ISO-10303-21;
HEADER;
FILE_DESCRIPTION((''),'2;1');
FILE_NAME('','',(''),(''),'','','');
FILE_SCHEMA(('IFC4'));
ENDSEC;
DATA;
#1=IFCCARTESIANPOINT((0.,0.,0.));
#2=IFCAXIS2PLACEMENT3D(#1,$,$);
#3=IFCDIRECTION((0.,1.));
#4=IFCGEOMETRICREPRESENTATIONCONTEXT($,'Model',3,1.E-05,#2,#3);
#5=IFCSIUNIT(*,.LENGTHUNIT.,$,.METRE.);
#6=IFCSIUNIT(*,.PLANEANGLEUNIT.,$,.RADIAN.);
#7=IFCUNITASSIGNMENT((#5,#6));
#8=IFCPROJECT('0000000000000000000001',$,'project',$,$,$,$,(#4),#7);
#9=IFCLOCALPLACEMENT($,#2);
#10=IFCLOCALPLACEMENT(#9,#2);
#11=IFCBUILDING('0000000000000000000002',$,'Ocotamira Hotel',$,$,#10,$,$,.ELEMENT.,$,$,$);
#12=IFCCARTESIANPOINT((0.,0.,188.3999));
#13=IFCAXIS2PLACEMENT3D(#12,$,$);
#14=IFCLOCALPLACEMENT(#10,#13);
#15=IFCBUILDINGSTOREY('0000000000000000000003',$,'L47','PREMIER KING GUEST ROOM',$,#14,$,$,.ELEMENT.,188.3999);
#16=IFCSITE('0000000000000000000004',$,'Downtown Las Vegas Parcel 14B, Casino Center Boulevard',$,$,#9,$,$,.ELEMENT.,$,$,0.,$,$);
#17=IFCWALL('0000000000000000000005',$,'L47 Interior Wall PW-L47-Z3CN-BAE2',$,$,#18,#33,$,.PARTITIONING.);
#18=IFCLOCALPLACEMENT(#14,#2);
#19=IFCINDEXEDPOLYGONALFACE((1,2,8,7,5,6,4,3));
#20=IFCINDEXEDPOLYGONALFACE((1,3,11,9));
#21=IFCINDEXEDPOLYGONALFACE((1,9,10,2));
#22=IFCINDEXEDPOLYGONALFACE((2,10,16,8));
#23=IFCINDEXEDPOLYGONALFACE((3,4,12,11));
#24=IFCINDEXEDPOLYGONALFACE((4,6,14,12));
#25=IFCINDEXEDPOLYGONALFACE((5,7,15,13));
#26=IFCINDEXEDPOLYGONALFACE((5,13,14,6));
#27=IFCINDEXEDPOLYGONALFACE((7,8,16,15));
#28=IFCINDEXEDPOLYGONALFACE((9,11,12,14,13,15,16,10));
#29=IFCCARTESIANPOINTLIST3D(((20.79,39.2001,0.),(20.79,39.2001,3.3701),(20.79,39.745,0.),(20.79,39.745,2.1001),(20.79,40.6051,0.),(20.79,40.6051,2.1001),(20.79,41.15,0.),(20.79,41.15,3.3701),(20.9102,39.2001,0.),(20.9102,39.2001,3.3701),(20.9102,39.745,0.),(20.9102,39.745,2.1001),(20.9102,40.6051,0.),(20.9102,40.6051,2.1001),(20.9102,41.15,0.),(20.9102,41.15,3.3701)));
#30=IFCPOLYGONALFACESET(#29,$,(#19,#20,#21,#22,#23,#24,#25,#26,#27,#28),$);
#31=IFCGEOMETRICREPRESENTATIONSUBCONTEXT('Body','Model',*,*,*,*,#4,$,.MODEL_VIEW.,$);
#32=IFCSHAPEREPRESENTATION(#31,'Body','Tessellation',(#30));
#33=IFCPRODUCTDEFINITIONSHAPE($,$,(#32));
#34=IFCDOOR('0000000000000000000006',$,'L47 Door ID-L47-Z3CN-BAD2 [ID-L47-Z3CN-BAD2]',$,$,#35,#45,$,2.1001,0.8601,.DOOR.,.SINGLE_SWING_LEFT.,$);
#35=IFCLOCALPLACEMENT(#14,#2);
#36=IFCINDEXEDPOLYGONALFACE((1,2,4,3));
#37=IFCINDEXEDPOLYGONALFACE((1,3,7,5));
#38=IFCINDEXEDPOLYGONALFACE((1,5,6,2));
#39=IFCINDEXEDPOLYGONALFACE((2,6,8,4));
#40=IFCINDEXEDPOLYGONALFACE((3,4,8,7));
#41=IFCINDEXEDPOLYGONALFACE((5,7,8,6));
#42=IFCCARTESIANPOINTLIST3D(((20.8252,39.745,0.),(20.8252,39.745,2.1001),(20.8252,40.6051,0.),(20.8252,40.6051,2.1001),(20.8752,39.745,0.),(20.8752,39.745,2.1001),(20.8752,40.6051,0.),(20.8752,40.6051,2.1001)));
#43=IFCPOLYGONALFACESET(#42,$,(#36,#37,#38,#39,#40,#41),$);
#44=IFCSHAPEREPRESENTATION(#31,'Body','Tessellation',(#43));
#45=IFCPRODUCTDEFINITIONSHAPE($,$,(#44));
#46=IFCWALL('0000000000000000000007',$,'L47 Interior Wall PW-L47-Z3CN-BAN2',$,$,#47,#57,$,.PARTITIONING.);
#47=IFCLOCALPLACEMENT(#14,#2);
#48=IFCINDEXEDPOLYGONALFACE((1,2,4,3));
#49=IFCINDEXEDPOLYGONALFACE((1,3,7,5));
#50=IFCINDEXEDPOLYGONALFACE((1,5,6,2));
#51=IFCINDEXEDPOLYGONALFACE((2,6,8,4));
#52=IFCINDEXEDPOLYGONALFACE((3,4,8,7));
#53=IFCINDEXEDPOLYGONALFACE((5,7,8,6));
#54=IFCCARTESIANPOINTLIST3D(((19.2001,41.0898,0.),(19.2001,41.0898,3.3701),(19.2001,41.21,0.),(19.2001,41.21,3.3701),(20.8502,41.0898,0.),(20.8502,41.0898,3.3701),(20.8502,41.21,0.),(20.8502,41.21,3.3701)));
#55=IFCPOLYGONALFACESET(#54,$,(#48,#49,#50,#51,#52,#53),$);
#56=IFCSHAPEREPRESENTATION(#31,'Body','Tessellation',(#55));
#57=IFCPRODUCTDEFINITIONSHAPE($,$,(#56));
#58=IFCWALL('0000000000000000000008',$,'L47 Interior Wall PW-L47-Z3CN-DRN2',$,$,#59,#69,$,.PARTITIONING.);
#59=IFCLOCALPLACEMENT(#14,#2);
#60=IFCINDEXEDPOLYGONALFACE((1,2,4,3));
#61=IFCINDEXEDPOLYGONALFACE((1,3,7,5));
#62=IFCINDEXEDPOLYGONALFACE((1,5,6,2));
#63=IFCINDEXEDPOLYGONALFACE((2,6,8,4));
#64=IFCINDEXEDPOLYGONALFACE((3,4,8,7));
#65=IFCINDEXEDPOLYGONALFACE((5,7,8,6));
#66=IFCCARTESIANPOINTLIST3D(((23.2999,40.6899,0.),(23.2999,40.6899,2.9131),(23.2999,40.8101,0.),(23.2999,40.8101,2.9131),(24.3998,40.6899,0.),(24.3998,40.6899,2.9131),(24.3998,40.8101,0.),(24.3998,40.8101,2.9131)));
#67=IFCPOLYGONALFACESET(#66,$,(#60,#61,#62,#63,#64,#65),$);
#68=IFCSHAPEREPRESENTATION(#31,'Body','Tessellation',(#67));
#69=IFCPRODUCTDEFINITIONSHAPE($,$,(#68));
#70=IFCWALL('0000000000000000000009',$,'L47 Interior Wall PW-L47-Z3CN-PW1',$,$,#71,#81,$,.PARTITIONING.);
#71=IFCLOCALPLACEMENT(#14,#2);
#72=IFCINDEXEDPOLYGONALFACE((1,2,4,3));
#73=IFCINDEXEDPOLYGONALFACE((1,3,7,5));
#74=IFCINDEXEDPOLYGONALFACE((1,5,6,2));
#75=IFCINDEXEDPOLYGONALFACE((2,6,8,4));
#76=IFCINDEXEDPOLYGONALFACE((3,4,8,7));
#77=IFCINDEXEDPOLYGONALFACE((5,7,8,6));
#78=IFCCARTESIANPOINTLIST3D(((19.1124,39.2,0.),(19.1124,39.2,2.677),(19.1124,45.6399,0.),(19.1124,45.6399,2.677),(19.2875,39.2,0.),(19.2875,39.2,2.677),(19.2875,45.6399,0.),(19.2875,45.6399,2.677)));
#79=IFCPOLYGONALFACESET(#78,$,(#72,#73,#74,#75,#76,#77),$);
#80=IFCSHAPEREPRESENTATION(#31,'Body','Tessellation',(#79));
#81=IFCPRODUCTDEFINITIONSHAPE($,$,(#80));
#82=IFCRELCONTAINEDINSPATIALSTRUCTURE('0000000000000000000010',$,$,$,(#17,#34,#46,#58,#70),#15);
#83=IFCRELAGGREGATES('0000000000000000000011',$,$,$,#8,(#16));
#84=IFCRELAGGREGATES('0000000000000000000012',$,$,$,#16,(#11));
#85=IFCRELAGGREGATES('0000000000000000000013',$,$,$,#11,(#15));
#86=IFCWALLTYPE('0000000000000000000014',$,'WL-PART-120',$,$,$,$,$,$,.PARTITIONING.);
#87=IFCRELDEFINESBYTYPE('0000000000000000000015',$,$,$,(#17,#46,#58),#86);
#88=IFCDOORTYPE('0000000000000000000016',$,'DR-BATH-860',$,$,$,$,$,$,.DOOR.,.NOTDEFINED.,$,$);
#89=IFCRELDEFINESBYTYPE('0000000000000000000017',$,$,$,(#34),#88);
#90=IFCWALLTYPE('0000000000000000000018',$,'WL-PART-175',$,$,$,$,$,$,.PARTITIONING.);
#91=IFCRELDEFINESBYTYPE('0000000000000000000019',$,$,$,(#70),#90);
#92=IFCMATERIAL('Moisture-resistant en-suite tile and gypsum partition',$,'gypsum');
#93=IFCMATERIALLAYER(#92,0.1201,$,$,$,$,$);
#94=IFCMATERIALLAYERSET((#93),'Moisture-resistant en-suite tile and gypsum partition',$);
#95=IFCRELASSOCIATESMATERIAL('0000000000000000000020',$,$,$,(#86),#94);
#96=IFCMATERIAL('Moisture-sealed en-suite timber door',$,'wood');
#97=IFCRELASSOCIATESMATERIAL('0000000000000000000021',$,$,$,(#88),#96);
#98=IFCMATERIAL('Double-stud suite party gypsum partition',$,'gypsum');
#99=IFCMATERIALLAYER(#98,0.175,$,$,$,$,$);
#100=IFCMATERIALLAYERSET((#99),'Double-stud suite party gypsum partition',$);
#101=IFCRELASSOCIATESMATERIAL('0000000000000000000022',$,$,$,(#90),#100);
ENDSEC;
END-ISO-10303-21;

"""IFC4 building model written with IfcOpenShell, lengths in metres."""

from ifc_helpers import new_model, si_unit, direction, frame, frame_2d, origin, place, context, subcontext, project, spatial, rectangle, extrude, source, transform, mapped, material, layer, layer_set, type_object, element, fill, save


model = new_model("IFC4")

# Units and contexts
model_context = context("Model", 3, precision=1e-05, world=origin(), true_north=direction((0.0, 1.0)))
body_context = subcontext(model_context, "Body", "Model", "MODEL_VIEW")
ifc_project = project(units=[si_unit("LENGTHUNIT", "METRE"), si_unit("PLANEANGLEUNIT", "RADIAN")], contexts=[model_context])

# Site, building, storey
site_placement = place(None, origin())
site = spatial("IfcSite", under=ifc_project, at=site_placement, Name="Downtown Las Vegas Parcel 14B, Casino Center Boulevard", CompositionType="ELEMENT", RefElevation=0.0)
building_placement = place(site_placement, origin())
building = spatial("IfcBuilding", under=site, at=building_placement, Name="Ocotamira Hotel", CompositionType="ELEMENT")
storey_placement = place(building_placement, frame((0.0, 0.0, 188.3999)))
storey = spatial("IfcBuildingStorey", under=building, at=storey_placement, Name="L47", Description="PREMIER KING GUEST ROOM", CompositionType="ELEMENT", Elevation=188.3999)

# Shared definitions
ifc_material_1 = material(Name="Moisture-resistant en-suite tile and gypsum partition", Category="gypsum")
ifc_layer_1 = layer(ifc_material_1, 0.1201)
ifc_layer_set_1 = layer_set([ifc_layer_1], Name="Moisture-resistant en-suite tile and gypsum partition")
wall_type_1 = type_object("IfcWallType", Name="WL-PART-120", PredefinedType="PARTITIONING", material=ifc_layer_set_1)
ifc_material_2 = material(Name="Moisture-sealed en-suite timber door", Category="wood")
door_type = type_object("IfcDoorType", Name="DR-BATH-860", OperationType="NOTDEFINED", PredefinedType="DOOR", material=ifc_material_2)
shared_shape_1 = source(origin(), body_context, "Body", "SweptSolid", [
    extrude(rectangle(XDim=0.8601, YDim=2.1001, at=frame_2d((0.4302, 1.05))), frame((0.0, 0.0249, 0.0), z_axis=(0.0, -1.0, 0.0), x_axis=(1.0, 0.0, 0.0)), (0.0, 0.0, 1.0), 0.05),
])

# Wall, opening, door
wall_1_placement = place(storey_placement, frame((20.8501, 39.2, 0.0), z_axis=(0.0, 0.0, 1.0), x_axis=(0.0, 1.0, 0.0)))
wall_1 = element("IfcWall", 1, at=wall_1_placement, inside=storey, type_object=wall_type_1, Name="L47 Interior Wall PW-L47-Z3CN-BAE2", PredefinedType="PARTITIONING", context=body_context, shape_type="SweptSolid", body=[
    extrude(rectangle(XDim=1.95, YDim=0.1201, at=frame_2d((0.9751, 0.0))), origin(), (0.0, 0.0, 1.0), 3.3701),
])
opening_1_placement = place(wall_1_placement, frame((0.5449, 0.0, 0.0)))
opening_1 = element("IfcOpeningElement", 2, at=opening_1_placement, cuts=wall_1, PredefinedType="OPENING", context=body_context, shape_type="SweptSolid", body=[
    extrude(rectangle(XDim=0.8601, YDim=2.1001, at=frame_2d((0.4302, 1.05))), frame((0.0, 0.0701, 0.0), z_axis=(0.0, -1.0, 0.0), x_axis=(1.0, 0.0, 0.0)), (0.0, 0.0, 1.0), 0.1401),
])
door_1_placement = place(opening_1_placement, origin())
door_1 = element("IfcDoor", 3, at=door_1_placement, inside=storey, type_object=door_type, Name="L47 Door ID-L47-Z3CN-BAD2 [ID-L47-Z3CN-BAD2]", OperationType="SINGLE_SWING_LEFT", OverallHeight=2.1001, OverallWidth=0.8601, PredefinedType="DOOR", context=body_context, shape_type="MappedRepresentation", body=[
    mapped(shared_shape_1, transform((0.0, 0.0, 0.0), scale=1.0)),
])
fill(opening_1, door_1)

# Walls
wall_2_placement = place(storey_placement, frame((19.2, 41.1499, 0.0), z_axis=(0.0, 0.0, 1.0), x_axis=(1.0, 0.0, 0.0)))
element("IfcWall", 4, at=wall_2_placement, inside=storey, type_object=wall_type_1, Name="L47 Interior Wall PW-L47-Z3CN-BAN2", PredefinedType="PARTITIONING", context=body_context, shape_type="SweptSolid", body=[
    extrude(rectangle(XDim=1.6501, YDim=0.1201, at=frame_2d((0.8252, 0.0))), origin(), (0.0, 0.0, 1.0), 3.3701),
])
wall_3_placement = place(storey_placement, frame((23.3, 40.75, 0.0), z_axis=(0.0, 0.0, 1.0), x_axis=(1.0, 0.0, 0.0)))
element("IfcWall", 5, at=wall_3_placement, inside=storey, type_object=wall_type_1, Name="L47 Interior Wall PW-L47-Z3CN-DRN2", PredefinedType="PARTITIONING", context=body_context, shape_type="SweptSolid", body=[
    extrude(rectangle(XDim=1.0999, YDim=0.1201, at=frame_2d((0.5498, 0.0))), origin(), (0.0, 0.0, 1.0), 2.9131),
])
ifc_material_3 = material(Name="Double-stud suite party gypsum partition", Category="gypsum")
ifc_layer_2 = layer(ifc_material_3, 0.175)
ifc_layer_set_2 = layer_set([ifc_layer_2], Name="Double-stud suite party gypsum partition")
wall_type_2 = type_object("IfcWallType", Name="WL-PART-175", PredefinedType="PARTITIONING", material=ifc_layer_set_2)
wall_4_placement = place(storey_placement, frame((19.2, 39.2, 0.0), z_axis=(0.0, 0.0, 1.0), x_axis=(0.0, 1.0, 0.0)))
element("IfcWall", 6, at=wall_4_placement, inside=storey, type_object=wall_type_2, Name="L47 Interior Wall PW-L47-Z3CN-PW1", PredefinedType="PARTITIONING", context=body_context, shape_type="SweptSolid", body=[
    extrude(rectangle(XDim=6.4399, YDim=0.175, at=frame_2d((3.22, 0.0))), origin(), (0.0, 0.0, 1.0), 2.677),
])

save(model, "model.ifc")
